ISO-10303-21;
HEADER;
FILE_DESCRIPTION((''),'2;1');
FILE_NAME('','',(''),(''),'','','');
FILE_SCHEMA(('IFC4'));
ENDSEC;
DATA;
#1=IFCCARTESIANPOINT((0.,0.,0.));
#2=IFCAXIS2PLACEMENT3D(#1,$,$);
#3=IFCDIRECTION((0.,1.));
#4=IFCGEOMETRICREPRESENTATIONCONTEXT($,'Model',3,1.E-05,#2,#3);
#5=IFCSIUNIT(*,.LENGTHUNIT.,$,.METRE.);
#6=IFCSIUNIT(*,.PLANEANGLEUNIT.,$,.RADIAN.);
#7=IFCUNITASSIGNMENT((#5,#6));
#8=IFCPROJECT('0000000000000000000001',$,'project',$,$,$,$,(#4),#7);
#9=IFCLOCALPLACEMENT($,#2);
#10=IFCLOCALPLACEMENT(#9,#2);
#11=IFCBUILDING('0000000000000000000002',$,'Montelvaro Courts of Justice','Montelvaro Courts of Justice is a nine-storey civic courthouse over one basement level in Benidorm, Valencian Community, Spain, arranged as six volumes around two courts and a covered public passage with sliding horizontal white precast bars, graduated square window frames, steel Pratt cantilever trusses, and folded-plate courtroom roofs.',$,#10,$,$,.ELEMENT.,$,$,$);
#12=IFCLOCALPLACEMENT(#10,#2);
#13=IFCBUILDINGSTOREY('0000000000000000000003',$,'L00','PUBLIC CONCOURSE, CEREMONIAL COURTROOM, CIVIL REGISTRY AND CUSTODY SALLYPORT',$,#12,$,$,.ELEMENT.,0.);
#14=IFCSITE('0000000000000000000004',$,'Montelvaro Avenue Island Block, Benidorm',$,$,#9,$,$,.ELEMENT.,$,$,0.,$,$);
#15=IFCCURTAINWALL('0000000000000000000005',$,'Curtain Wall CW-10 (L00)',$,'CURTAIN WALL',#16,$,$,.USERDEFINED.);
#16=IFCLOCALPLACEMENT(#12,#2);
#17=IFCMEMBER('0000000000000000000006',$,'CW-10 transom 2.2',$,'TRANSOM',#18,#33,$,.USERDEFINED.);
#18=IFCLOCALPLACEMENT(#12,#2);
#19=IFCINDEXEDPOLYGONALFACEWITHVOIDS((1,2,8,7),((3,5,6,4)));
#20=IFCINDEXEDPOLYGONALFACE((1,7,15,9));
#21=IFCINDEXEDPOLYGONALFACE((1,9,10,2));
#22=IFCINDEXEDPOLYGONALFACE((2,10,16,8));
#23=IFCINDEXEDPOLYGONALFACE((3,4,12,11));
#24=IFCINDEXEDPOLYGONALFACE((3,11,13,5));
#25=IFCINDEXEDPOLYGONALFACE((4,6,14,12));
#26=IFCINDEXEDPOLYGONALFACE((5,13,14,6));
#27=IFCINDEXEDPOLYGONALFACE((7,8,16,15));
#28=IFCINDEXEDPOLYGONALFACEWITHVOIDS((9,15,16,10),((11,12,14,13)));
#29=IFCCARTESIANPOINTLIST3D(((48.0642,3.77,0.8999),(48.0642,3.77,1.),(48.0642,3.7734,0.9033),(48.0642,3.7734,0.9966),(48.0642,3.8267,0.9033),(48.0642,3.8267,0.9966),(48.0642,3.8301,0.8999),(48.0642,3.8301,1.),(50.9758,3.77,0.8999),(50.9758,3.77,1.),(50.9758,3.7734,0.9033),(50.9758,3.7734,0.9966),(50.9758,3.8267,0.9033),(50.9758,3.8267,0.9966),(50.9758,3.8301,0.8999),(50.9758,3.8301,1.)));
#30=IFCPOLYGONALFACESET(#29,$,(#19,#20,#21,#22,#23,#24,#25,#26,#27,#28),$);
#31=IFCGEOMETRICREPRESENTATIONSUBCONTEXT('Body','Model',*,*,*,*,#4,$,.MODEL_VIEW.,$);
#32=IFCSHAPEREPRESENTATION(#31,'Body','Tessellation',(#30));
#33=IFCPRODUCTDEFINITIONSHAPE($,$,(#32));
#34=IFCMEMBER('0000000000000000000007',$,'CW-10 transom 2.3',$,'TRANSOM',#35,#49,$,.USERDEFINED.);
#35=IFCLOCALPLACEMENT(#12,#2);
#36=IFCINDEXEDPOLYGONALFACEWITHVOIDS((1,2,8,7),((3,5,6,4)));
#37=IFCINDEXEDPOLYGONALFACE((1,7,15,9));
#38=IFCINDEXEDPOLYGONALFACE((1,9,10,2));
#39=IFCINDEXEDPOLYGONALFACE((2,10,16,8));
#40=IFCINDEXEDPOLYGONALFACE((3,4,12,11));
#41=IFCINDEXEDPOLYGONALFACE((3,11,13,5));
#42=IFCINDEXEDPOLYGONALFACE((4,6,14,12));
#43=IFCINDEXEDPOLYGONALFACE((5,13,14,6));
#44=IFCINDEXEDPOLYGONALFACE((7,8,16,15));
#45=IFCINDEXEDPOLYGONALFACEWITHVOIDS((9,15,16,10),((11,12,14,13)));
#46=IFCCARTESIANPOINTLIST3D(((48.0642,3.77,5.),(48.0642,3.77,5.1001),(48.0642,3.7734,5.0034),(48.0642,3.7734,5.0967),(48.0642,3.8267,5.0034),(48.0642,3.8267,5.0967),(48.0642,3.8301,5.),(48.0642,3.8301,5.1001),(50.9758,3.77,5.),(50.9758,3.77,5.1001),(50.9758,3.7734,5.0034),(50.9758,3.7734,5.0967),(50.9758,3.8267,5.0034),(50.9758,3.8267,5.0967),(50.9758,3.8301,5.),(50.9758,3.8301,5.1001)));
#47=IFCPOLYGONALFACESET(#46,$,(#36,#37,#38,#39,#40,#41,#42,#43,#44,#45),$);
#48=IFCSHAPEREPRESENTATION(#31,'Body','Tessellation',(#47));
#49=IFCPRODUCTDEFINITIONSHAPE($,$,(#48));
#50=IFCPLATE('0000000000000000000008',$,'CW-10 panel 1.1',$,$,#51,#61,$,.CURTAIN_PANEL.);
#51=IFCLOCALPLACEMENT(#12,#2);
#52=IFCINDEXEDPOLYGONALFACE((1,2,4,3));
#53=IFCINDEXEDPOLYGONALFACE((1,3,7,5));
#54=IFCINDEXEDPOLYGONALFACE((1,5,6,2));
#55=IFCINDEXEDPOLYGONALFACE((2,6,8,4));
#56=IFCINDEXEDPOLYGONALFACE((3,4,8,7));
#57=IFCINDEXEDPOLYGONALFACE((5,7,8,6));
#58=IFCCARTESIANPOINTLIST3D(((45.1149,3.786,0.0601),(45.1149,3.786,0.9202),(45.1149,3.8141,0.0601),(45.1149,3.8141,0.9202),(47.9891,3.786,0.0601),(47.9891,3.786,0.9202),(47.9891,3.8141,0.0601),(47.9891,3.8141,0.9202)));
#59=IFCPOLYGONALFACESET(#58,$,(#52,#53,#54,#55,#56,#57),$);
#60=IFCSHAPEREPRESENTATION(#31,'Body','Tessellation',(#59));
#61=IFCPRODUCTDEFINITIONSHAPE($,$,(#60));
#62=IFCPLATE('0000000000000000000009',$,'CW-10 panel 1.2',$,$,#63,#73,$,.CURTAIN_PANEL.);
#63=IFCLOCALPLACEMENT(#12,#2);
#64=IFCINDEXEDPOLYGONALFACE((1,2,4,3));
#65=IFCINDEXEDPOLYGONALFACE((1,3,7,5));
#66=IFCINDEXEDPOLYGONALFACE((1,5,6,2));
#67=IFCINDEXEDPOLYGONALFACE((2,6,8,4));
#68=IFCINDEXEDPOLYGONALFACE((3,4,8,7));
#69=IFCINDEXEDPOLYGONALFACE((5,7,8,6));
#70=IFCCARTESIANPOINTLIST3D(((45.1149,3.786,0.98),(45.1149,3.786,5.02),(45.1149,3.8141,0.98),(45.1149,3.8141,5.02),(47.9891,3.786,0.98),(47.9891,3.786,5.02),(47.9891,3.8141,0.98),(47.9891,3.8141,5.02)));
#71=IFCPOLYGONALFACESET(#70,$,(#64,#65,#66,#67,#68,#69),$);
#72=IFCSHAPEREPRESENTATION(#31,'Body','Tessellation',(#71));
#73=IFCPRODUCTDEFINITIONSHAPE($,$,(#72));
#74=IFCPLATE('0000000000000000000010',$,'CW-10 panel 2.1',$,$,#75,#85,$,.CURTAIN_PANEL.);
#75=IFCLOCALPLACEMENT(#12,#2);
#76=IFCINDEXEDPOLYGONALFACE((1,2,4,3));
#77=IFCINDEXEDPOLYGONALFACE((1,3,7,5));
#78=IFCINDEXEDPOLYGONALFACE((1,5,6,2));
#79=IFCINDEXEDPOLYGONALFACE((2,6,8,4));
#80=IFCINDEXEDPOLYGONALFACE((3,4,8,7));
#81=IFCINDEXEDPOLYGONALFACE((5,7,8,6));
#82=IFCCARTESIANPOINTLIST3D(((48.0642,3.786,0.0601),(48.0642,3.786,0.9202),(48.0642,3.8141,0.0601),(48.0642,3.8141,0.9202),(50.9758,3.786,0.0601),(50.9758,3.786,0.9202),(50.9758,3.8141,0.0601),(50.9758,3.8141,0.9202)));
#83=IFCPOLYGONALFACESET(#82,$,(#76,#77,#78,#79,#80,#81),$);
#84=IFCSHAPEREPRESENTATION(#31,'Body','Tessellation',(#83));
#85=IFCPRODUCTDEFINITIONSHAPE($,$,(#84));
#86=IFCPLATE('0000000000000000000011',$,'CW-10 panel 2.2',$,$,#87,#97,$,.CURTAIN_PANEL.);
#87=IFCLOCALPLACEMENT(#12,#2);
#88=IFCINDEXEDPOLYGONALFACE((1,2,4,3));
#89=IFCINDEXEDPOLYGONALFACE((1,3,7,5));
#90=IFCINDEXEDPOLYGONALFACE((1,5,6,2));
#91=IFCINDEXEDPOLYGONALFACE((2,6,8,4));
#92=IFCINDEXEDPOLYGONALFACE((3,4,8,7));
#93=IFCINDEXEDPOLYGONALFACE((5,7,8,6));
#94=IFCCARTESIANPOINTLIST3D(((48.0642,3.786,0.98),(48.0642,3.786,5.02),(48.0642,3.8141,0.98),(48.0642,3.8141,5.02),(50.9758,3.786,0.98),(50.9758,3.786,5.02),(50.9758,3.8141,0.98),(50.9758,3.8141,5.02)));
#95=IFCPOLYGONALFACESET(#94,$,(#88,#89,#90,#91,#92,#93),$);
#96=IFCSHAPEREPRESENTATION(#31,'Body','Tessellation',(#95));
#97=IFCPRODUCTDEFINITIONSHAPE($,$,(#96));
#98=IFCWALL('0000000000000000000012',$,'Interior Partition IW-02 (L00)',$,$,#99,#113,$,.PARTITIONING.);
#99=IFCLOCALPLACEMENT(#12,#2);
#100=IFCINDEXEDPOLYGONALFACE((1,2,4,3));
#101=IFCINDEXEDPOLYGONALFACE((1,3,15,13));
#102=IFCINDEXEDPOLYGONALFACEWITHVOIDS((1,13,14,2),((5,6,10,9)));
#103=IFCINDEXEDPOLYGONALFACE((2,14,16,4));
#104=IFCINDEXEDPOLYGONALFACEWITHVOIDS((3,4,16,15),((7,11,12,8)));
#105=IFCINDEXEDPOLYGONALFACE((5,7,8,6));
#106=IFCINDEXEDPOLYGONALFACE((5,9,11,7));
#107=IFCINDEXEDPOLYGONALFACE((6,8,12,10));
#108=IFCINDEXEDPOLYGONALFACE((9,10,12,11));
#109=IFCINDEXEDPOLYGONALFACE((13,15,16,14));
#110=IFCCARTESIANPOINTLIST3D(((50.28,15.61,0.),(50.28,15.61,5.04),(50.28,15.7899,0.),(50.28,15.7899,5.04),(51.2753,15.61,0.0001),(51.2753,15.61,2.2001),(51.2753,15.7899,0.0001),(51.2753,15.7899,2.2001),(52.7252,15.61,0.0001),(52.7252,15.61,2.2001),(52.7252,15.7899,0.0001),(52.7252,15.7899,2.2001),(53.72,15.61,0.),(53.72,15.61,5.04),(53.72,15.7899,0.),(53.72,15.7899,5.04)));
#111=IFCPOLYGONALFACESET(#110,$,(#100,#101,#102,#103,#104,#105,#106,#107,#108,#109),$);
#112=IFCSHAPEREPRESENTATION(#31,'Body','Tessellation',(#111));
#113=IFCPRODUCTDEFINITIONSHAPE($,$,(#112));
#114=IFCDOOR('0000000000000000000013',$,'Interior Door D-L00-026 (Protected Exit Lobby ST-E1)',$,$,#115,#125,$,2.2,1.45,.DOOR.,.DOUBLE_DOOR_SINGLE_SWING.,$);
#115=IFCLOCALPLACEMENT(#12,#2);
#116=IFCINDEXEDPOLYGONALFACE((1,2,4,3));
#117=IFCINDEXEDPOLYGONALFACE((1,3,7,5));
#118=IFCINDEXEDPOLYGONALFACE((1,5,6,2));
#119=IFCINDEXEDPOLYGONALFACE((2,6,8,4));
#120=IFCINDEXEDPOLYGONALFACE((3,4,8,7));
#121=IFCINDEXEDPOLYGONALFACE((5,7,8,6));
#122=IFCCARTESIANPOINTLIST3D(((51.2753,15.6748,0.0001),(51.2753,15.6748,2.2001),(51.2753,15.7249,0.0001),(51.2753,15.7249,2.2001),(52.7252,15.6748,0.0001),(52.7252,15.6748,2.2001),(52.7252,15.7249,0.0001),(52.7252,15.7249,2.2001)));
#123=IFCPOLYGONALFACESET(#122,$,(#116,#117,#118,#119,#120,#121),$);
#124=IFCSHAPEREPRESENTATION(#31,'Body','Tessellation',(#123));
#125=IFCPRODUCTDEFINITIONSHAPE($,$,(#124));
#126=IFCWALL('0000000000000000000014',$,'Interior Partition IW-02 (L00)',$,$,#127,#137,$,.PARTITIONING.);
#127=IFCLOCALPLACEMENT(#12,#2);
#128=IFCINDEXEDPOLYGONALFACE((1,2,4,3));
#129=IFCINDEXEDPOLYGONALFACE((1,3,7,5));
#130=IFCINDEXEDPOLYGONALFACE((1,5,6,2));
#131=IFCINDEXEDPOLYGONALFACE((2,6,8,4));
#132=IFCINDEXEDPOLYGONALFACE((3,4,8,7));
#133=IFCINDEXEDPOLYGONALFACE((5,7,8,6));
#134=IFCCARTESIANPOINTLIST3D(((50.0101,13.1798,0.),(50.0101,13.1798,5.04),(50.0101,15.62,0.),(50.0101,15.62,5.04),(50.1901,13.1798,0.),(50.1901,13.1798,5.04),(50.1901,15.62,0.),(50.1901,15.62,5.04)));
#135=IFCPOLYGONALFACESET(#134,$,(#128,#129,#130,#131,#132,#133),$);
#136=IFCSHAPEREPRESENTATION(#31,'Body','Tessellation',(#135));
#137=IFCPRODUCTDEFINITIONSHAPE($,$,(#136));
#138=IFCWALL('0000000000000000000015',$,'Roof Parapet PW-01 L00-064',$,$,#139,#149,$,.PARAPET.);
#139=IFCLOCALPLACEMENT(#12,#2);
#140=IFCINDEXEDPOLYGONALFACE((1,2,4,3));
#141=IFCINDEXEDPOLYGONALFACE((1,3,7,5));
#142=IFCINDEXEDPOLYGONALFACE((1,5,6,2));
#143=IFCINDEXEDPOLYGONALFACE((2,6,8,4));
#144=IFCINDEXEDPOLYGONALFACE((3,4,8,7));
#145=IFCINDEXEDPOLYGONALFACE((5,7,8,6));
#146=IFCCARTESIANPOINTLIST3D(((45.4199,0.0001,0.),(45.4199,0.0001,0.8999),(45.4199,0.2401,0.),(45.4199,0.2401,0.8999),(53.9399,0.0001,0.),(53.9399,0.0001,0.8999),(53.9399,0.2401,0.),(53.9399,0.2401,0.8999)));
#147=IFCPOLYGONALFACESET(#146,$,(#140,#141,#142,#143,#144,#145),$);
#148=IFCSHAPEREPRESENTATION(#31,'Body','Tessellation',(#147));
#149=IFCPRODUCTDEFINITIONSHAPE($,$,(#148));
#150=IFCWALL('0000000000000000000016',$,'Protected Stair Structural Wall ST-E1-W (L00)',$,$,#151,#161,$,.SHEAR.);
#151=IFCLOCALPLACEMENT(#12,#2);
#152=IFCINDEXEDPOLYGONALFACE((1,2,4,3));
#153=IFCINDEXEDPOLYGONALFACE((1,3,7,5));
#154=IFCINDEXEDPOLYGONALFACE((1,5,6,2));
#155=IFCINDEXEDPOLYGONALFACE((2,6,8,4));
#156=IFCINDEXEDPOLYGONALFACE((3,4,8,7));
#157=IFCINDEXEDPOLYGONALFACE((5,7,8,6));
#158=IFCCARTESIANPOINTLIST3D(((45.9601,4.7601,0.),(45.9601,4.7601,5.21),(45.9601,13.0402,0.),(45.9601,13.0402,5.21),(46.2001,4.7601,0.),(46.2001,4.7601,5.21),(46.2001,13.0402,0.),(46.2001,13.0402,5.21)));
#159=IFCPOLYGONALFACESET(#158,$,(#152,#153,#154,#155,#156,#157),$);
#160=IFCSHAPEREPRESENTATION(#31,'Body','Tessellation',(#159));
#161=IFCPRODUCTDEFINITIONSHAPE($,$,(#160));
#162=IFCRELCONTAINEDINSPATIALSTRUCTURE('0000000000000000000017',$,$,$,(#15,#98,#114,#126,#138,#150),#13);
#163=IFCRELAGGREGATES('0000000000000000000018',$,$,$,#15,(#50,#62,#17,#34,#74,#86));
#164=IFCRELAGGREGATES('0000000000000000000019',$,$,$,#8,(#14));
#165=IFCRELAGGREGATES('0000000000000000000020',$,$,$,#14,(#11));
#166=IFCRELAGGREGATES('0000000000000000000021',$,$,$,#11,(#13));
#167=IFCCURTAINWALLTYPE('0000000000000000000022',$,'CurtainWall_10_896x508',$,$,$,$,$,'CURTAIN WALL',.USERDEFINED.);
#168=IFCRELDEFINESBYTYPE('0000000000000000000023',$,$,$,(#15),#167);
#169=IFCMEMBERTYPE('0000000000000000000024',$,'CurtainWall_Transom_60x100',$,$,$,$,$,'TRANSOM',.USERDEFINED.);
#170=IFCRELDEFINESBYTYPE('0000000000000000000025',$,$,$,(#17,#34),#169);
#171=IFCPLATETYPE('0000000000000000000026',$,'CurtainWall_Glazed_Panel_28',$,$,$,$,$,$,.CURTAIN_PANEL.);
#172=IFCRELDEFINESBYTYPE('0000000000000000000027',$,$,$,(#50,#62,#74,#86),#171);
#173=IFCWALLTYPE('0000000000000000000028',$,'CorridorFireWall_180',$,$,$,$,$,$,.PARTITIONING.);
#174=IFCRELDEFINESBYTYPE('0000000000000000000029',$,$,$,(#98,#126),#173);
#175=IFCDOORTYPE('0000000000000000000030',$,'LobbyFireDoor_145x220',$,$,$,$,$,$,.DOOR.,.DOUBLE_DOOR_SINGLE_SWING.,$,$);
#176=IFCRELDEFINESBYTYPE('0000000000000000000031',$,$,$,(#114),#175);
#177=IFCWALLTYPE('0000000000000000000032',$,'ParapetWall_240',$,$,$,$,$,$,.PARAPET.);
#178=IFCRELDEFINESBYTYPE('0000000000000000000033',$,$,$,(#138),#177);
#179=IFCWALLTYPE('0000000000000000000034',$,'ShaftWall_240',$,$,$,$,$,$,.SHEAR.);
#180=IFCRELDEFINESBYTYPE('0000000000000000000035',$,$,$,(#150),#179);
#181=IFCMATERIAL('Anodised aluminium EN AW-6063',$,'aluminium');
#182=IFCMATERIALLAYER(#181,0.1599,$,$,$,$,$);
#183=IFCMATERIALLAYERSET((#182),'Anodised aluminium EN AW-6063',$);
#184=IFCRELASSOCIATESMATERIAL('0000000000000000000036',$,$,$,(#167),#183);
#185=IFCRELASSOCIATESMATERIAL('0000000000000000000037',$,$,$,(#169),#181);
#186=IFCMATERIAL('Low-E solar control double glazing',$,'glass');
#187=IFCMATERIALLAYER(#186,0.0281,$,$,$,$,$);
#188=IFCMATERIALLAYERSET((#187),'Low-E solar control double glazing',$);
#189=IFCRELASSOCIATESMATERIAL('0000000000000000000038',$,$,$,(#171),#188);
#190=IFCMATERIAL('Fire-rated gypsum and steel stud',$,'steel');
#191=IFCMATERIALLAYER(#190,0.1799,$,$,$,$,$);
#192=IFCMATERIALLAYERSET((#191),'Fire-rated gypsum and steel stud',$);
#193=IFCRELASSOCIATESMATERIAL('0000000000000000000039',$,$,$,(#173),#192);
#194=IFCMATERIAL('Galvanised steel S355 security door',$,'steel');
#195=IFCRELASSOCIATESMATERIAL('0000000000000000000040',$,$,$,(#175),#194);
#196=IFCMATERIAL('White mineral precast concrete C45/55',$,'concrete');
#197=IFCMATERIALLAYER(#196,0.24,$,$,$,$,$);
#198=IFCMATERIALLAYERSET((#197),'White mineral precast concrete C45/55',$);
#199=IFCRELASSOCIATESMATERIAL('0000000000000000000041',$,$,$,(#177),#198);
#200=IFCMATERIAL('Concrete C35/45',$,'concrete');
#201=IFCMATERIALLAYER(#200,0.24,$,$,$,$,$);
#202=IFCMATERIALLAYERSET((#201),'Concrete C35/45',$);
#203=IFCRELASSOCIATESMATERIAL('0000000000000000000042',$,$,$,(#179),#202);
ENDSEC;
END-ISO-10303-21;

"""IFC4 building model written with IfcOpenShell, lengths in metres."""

from ifc_helpers import new_model, si_unit, direction, frame, frame_2d, origin, origin_2d, place, context, subcontext, project, spatial, rectangle, hollow_rectangle, extrude, material, layer, layer_set, material_profile, profile_set, type_object, element, fill, aggregate, save


model = new_model("IFC4")

# Units and contexts
model_context = context("Model", 3, precision=1e-05, world=origin(), true_north=direction((0.0, 1.0)))
body_context = subcontext(model_context, "Body", "Model", "MODEL_VIEW")
ifc_project = project(units=[si_unit("LENGTHUNIT", "METRE"), si_unit("PLANEANGLEUNIT", "RADIAN")], contexts=[model_context])

# Site, building, storey
site_placement = place(None, origin())
site = spatial("IfcSite", under=ifc_project, at=site_placement, Name="Montelvaro Avenue Island Block, Benidorm", CompositionType="ELEMENT", RefElevation=0.0)
building_placement = place(site_placement, origin())
building = spatial("IfcBuilding", under=site, at=building_placement, Name="Montelvaro Courts of Justice", Description="Montelvaro Courts of Justice is a nine-storey civic courthouse over one basement level in Benidorm, Valencian Community, Spain, arranged as six volumes around two courts and a covered public passage with sliding horizontal white precast bars, graduated square window frames, steel Pratt cantilever trusses, and folded-plate courtroom roofs.", CompositionType="ELEMENT")
storey_placement = place(building_placement, origin())
storey = spatial("IfcBuildingStorey", under=building, at=storey_placement, Name="L00", Description="PUBLIC CONCOURSE, CEREMONIAL COURTROOM, CIVIL REGISTRY AND CUSTODY SALLYPORT", CompositionType="ELEMENT", Elevation=0.0)

# Curtain wall, members, plates
ifc_material_1 = material(Name="Anodised aluminium EN AW-6063", Category="aluminium")
ifc_layer_1 = layer(ifc_material_1, 0.1599)
ifc_layer_set_1 = layer_set([ifc_layer_1], Name="Anodised aluminium EN AW-6063")
curtain_wall_type = type_object("IfcCurtainWallType", Name="CurtainWall_10_896x508", ElementType="CURTAIN WALL", PredefinedType="USERDEFINED", material=ifc_layer_set_1)
curtain_wall_placement = place(storey_placement, origin())
curtain_wall = element("IfcCurtainWall", 1, at=curtain_wall_placement, inside=storey, type_object=curtain_wall_type, Name="Curtain Wall CW-10 (L00)", ObjectType="CURTAIN WALL", PredefinedType="USERDEFINED")
ifc_material_profile_1 = material_profile(ifc_material_1, hollow_rectangle(XDim=0.0601, YDim=0.1001, WallThickness=0.0034, at=origin_2d()), Name="ALU-T 60x100")
ifc_profile_set_1 = profile_set([ifc_material_profile_1], Name="Anodised aluminium EN AW-6063")
member_type_1 = type_object("IfcMemberType", Name="CurtainWall_Transom_60x100", ElementType="TRANSOM", PredefinedType="USERDEFINED", material=ifc_profile_set_1)
member_1_placement = place(storey_placement, frame((48.0642, 3.8, 0.95), z_axis=(1.0, 0.0, 0.0), x_axis=(0.0, 1.0, 0.0)))
member_1 = element("IfcMember", 2, at=member_1_placement, type_object=member_type_1, Name="CW-10 transom 2.2", ObjectType="TRANSOM", PredefinedType="USERDEFINED", context=body_context, shape_type="SweptSolid", body=[
    extrude(hollow_rectangle(XDim=0.0601, YDim=0.1001, WallThickness=0.0034, at=origin_2d()), origin(), (0.0, 0.0, 1.0), 2.9116),
])
member_2_placement = place(storey_placement, frame((48.0642, 3.8, 5.05), z_axis=(1.0, 0.0, 0.0), x_axis=(0.0, 1.0, 0.0)))
member_2 = element("IfcMember", 3, at=member_2_placement, type_object=member_type_1, Name="CW-10 transom 2.3", ObjectType="TRANSOM", PredefinedType="USERDEFINED", context=body_context, shape_type="SweptSolid", body=[
    extrude(hollow_rectangle(XDim=0.0601, YDim=0.1001, WallThickness=0.0034, at=origin_2d()), origin(), (0.0, 0.0, 1.0), 2.9116),
])
ifc_material_2 = material(Name="Low-E solar control double glazing", Category="glass")
ifc_layer_2 = layer(ifc_material_2, 0.0281)
ifc_layer_set_2 = layer_set([ifc_layer_2], Name="Low-E solar control double glazing")
plate_type = type_object("IfcPlateType", Name="CurtainWall_Glazed_Panel_28", PredefinedType="CURTAIN_PANEL", material=ifc_layer_set_2)
plate_1_placement = place(storey_placement, frame((46.552, 3.8, 0.0601), z_axis=(0.0, 0.0, 1.0), x_axis=(1.0, 0.0, 0.0)))
plate_1 = element("IfcPlate", 4, at=plate_1_placement, type_object=plate_type, Name="CW-10 panel 1.1", PredefinedType="CURTAIN_PANEL", context=body_context, shape_type="SweptSolid", body=[
    extrude(rectangle(XDim=2.8743, YDim=0.0281, at=origin_2d()), origin(), (0.0, 0.0, 1.0), 0.8601),
])
plate_2_placement = place(storey_placement, frame((46.552, 3.8, 0.98), z_axis=(0.0, 0.0, 1.0), x_axis=(1.0, 0.0, 0.0)))
plate_2 = element("IfcPlate", 5, at=plate_2_placement, type_object=plate_type, Name="CW-10 panel 1.2", PredefinedType="CURTAIN_PANEL", context=body_context, shape_type="SweptSolid", body=[
    extrude(rectangle(XDim=2.8743, YDim=0.0281, at=origin_2d()), origin(), (0.0, 0.0, 1.0), 4.04),
])
plate_3_placement = place(storey_placement, frame((49.52, 3.8, 0.0601), z_axis=(0.0, 0.0, 1.0), x_axis=(1.0, 0.0, 0.0)))
plate_3 = element("IfcPlate", 6, at=plate_3_placement, type_object=plate_type, Name="CW-10 panel 2.1", PredefinedType="CURTAIN_PANEL", context=body_context, shape_type="SweptSolid", body=[
    extrude(rectangle(XDim=2.9116, YDim=0.0281, at=origin_2d()), origin(), (0.0, 0.0, 1.0), 0.8601),
])
plate_4_placement = place(storey_placement, frame((49.52, 3.8, 0.98), z_axis=(0.0, 0.0, 1.0), x_axis=(1.0, 0.0, 0.0)))
plate_4 = element("IfcPlate", 7, at=plate_4_placement, type_object=plate_type, Name="CW-10 panel 2.2", PredefinedType="CURTAIN_PANEL", context=body_context, shape_type="SweptSolid", body=[
    extrude(rectangle(XDim=2.9116, YDim=0.0281, at=origin_2d()), origin(), (0.0, 0.0, 1.0), 4.04),
])
aggregate(curtain_wall, [plate_1, plate_2, member_1, member_2, plate_3, plate_4])

# Wall, opening, door
ifc_material_3 = material(Name="Fire-rated gypsum and steel stud", Category="steel")
ifc_layer_3 = layer(ifc_material_3, 0.1799)
ifc_layer_set_3 = layer_set([ifc_layer_3], Name="Fire-rated gypsum and steel stud")
wall_type_1 = type_object("IfcWallType", Name="CorridorFireWall_180", PredefinedType="PARTITIONING", material=ifc_layer_set_3)
wall_1_placement = place(storey_placement, frame((50.28, 15.7, 0.0), z_axis=(0.0, 0.0, 1.0), x_axis=(1.0, 0.0, 0.0)))
wall_1 = element("IfcWall", 8, at=wall_1_placement, inside=storey, type_object=wall_type_1, Name="Interior Partition IW-02 (L00)", PredefinedType="PARTITIONING", context=body_context, shape_type="SweptSolid", body=[
    extrude(rectangle(XDim=3.4399, YDim=0.1799, at=frame_2d((1.72, 0.0))), origin(), (0.0, 0.0, 1.0), 5.04),
])
opening_1_placement = place(wall_1_placement, frame((0.9951, 0.0, 0.0)))
opening_1 = element("IfcOpeningElement", 9, at=opening_1_placement, cuts=wall_1, PredefinedType="OPENING", context=body_context, shape_type="SweptSolid", body=[
    extrude(rectangle(XDim=1.45, YDim=2.2, at=frame_2d((0.7251, 1.1001))), frame((0.0, 0.105, 0.0), z_axis=(0.0, -1.0, 0.0), x_axis=(1.0, 0.0, 0.0)), (0.0, 0.0, 1.0), 0.2097),
])
ifc_material_4 = material(Name="Galvanised steel S355 security door", Category="steel")
door_type_1 = type_object("IfcDoorType", Name="LobbyFireDoor_145x220", OperationType="DOUBLE_DOOR_SINGLE_SWING", PredefinedType="DOOR", material=ifc_material_4)
door_1_placement = place(opening_1_placement, origin())
door_1 = element("IfcDoor", 10, at=door_1_placement, inside=storey, type_object=door_type_1, Name="Interior Door D-L00-026 (Protected Exit Lobby ST-E1)", OperationType="DOUBLE_DOOR_SINGLE_SWING", OverallHeight=2.2, OverallWidth=1.45, PredefinedType="DOOR", context=body_context, shape_type="SweptSolid", body=[
    extrude(rectangle(XDim=1.45, YDim=2.2, at=frame_2d((0.7251, 1.1001))), frame((0.0, 0.0249, 0.0), z_axis=(0.0, -1.0, 0.0), x_axis=(1.0, 0.0, 0.0)), (0.0, 0.0, 1.0), 0.05),
])
fill(opening_1, door_1)

# Walls
wall_2_placement = place(storey_placement, frame((50.1001, 15.6201, 0.0), z_axis=(0.0, 0.0, 1.0), x_axis=(0.0, -1.0, 0.0)))
element("IfcWall", 11, at=wall_2_placement, inside=storey, type_object=wall_type_1, Name="Interior Partition IW-02 (L00)", PredefinedType="PARTITIONING", context=body_context, shape_type="SweptSolid", body=[
    extrude(rectangle(XDim=2.4402, YDim=0.1799, at=frame_2d((1.2202, 0.0))), origin(), (0.0, 0.0, 1.0), 5.04),
])
ifc_material_5 = material(Name="White mineral precast concrete C45/55", Category="concrete")
ifc_layer_4 = layer(ifc_material_5, 0.24)
ifc_layer_set_4 = layer_set([ifc_layer_4], Name="White mineral precast concrete C45/55")
wall_type_2 = type_object("IfcWallType", Name="ParapetWall_240", PredefinedType="PARAPET", material=ifc_layer_set_4)
wall_3_placement = place(storey_placement, frame((45.4199, 0.1201, 0.0), z_axis=(0.0, 0.0, 1.0), x_axis=(1.0, 0.0, 0.0)))
element("IfcWall", 12, at=wall_3_placement, inside=storey, type_object=wall_type_2, Name="Roof Parapet PW-01 L00-064", PredefinedType="PARAPET", context=body_context, shape_type="SweptSolid", body=[
    extrude(rectangle(XDim=8.52, YDim=0.24, at=frame_2d((4.26, 0.0))), origin(), (0.0, 0.0, 1.0), 0.8999),
])
ifc_material_6 = material(Name="Concrete C35/45", Category="concrete")
ifc_layer_5 = layer(ifc_material_6, 0.24)
ifc_layer_set_5 = layer_set([ifc_layer_5], Name="Concrete C35/45")
wall_type_3 = type_object("IfcWallType", Name="ShaftWall_240", PredefinedType="SHEAR", material=ifc_layer_set_5)
wall_4_placement = place(storey_placement, frame((46.0801, 4.76, 0.0), z_axis=(0.0, 0.0, 1.0), x_axis=(0.0, 1.0, 0.0)))
element("IfcWall", 13, at=wall_4_placement, inside=storey, type_object=wall_type_3, Name="Protected Stair Structural Wall ST-E1-W (L00)", PredefinedType="SHEAR", context=body_context, shape_type="SweptSolid", body=[
    extrude(rectangle(XDim=8.28, YDim=0.24, at=frame_2d((4.1401, 0.0))), origin(), (0.0, 0.0, 1.0), 5.21),
])

save(model, "model.ifc")
